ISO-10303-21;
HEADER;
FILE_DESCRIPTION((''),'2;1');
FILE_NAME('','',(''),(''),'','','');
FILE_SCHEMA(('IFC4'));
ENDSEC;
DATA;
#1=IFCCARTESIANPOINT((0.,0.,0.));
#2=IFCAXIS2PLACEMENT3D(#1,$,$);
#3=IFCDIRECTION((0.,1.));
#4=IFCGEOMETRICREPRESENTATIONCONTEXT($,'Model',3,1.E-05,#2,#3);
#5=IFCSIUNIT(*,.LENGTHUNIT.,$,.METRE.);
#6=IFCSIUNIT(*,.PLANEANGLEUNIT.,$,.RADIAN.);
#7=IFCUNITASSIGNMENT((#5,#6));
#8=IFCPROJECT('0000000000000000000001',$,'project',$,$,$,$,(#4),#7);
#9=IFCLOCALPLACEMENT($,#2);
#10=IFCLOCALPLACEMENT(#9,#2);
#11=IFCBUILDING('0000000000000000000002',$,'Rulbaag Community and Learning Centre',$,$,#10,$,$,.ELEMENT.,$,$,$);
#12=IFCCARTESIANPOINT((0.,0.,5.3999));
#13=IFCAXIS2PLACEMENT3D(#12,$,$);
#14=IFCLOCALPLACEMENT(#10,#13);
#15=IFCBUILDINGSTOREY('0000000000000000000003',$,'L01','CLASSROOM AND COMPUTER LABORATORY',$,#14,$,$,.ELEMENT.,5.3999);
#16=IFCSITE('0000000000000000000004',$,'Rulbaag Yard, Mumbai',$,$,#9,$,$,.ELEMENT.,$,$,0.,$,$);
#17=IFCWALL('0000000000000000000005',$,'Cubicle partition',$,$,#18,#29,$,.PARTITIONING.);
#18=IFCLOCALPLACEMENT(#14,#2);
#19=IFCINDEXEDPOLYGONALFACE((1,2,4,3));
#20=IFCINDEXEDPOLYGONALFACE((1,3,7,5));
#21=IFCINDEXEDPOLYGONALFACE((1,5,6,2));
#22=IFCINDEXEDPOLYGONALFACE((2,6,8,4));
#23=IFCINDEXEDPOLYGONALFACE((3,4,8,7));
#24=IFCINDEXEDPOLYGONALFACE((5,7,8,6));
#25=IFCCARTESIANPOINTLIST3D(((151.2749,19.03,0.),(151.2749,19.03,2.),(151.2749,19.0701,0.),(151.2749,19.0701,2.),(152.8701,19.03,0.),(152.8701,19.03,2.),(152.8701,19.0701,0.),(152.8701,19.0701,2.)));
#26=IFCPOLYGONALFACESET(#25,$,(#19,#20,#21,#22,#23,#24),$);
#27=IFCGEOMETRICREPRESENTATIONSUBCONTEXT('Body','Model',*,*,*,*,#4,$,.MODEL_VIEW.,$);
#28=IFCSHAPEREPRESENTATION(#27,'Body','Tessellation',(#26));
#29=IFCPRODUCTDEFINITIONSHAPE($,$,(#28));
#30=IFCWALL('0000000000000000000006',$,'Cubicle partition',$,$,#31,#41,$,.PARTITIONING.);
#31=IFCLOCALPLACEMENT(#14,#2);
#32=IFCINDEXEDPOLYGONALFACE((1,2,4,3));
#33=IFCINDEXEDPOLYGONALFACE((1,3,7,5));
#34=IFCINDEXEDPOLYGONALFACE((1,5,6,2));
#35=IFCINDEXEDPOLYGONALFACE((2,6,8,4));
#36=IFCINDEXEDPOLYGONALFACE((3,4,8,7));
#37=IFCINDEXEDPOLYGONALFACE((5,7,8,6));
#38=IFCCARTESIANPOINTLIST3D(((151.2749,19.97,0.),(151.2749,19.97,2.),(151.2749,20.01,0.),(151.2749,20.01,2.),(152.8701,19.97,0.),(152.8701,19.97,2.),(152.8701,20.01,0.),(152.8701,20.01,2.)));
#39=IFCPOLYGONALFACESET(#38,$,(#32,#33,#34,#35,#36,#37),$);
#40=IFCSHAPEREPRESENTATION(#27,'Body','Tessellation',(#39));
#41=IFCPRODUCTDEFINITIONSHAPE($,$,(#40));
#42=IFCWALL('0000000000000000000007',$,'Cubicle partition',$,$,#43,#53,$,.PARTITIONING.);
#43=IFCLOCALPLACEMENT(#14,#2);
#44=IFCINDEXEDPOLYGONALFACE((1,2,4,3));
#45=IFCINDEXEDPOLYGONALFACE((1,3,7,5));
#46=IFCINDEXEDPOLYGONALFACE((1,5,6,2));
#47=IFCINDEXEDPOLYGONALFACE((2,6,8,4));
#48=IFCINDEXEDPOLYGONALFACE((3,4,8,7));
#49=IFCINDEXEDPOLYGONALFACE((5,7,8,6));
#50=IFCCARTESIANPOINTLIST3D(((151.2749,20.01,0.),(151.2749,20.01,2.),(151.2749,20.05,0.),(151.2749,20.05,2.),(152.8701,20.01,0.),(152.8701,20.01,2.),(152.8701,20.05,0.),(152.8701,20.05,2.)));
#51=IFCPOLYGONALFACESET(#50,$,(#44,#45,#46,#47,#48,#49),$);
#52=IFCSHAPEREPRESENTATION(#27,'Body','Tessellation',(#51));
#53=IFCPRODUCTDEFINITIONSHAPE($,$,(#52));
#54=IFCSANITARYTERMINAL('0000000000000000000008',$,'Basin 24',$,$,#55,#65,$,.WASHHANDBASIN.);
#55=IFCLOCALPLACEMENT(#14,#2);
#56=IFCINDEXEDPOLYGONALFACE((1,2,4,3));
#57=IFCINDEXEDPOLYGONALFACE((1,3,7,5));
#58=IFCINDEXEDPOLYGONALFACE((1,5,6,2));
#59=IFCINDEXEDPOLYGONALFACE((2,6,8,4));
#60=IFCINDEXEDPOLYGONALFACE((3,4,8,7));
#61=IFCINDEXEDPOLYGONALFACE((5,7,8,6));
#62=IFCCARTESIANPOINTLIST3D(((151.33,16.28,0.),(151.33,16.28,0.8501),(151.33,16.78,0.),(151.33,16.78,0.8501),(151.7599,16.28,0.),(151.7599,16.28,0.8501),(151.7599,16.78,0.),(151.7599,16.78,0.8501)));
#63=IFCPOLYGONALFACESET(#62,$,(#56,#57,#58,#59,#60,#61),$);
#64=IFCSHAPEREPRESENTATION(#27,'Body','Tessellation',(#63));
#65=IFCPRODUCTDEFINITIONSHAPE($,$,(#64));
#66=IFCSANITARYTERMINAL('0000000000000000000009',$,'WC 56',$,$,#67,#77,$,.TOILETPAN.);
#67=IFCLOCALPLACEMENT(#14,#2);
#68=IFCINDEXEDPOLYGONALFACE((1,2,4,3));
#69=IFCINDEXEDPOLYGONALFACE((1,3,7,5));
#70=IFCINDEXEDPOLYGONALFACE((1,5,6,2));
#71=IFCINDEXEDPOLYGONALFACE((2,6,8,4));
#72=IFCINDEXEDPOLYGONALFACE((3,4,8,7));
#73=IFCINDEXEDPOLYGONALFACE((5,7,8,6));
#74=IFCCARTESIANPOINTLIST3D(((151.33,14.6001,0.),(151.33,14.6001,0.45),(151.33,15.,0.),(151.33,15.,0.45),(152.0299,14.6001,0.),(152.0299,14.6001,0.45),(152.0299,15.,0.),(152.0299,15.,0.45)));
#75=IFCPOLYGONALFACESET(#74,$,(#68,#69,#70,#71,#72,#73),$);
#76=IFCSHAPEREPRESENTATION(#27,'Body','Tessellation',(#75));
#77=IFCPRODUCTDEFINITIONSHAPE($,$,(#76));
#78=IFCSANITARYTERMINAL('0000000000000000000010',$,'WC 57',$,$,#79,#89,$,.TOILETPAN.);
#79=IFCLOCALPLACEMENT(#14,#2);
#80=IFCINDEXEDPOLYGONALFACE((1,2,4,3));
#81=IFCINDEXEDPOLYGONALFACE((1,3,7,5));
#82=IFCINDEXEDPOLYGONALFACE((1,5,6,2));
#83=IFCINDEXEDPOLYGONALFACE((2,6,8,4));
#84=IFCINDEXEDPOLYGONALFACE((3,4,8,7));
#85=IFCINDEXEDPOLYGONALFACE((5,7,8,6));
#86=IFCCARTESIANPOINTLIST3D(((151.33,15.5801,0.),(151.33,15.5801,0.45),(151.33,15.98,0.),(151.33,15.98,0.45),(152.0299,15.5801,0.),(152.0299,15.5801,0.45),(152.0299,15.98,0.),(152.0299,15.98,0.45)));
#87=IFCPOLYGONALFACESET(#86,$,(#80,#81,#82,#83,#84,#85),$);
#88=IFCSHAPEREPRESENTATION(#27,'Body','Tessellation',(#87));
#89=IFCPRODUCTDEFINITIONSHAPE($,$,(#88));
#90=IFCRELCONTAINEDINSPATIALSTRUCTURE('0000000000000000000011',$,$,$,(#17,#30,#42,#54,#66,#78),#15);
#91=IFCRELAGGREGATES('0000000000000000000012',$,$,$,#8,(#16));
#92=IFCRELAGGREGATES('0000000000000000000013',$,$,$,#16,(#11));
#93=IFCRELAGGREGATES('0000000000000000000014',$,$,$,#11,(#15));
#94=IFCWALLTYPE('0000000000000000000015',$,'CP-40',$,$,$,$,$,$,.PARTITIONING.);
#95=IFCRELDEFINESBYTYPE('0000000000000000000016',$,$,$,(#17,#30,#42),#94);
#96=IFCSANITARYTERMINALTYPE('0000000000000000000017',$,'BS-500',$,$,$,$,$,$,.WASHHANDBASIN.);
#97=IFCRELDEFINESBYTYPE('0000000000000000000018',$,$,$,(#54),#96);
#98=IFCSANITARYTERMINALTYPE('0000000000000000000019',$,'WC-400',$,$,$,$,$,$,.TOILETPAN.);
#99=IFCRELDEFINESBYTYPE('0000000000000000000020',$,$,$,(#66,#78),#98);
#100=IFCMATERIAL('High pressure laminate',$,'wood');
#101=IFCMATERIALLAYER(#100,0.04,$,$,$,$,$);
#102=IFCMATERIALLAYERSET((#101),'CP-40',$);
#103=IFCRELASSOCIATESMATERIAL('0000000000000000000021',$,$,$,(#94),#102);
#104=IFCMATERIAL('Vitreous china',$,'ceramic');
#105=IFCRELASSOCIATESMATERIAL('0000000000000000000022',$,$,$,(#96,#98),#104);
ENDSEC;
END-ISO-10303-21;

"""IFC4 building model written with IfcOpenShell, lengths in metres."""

from ifc_helpers import new_model, si_unit, direction, frame, frame_2d, origin, origin_2d, place, context, subcontext, project, spatial, rectangle, extrude, material, layer, layer_set, type_object, element, save


model = new_model("IFC4")

# Units and contexts
model_context = context("Model", 3, precision=1e-05, world=origin(), true_north=direction((0.0, 1.0)))
body_context = subcontext(model_context, "Body", "Model", "MODEL_VIEW")
ifc_project = project(units=[si_unit("LENGTHUNIT", "METRE"), si_unit("PLANEANGLEUNIT", "RADIAN")], contexts=[model_context])

# Site, building, storey
site_placement = place(None, origin())
site = spatial("IfcSite", under=ifc_project, at=site_placement, Name="Rulbaag Yard, Mumbai", CompositionType="ELEMENT", RefElevation=0.0)
building_placement = place(site_placement, origin())
building = spatial("IfcBuilding", under=site, at=building_placement, Name="Rulbaag Community and Learning Centre", CompositionType="ELEMENT")
storey_placement = place(building_placement, frame((0.0, 0.0, 5.3999)))
storey = spatial("IfcBuildingStorey", under=building, at=storey_placement, Name="L01", Description="CLASSROOM AND COMPUTER LABORATORY", CompositionType="ELEMENT", Elevation=5.3999)

# Walls
ifc_material_1 = material(Name="High pressure laminate", Category="wood")
ifc_layer = layer(ifc_material_1, 0.04)
ifc_layer_set = layer_set([ifc_layer], Name="CP-40")
wall_type = type_object("IfcWallType", Name="CP-40", PredefinedType="PARTITIONING", material=ifc_layer_set)
for number, where, z_axis, x_axis, name in (
    (1, (151.2749, 19.05, 0.0), (0.0, 0.0, 1.0), (1.0, 0.0, 0.0), "Cubicle partition"),
    (2, (151.2749, 19.99, 0.0), (0.0, 0.0, 1.0), (1.0, 0.0, 0.0), "Cubicle partition"),
    (3, (151.2749, 20.03, 0.0), (0.0, 0.0, 1.0), (1.0, 0.0, 0.0), "Cubicle partition"),
):
    element("IfcWall", number, at=place(storey_placement, frame(where, z_axis=z_axis, x_axis=x_axis)), inside=storey, type_object=wall_type, Name=name, PredefinedType="PARTITIONING", context=body_context, shape_type="SweptSolid", body=[
        extrude(rectangle(XDim=1.5952, YDim=0.04, at=frame_2d((0.7976, 0.0))), origin(), (0.0, 0.0, 1.0), 2.0),
    ])

# Sanitary terminals
ifc_material_2 = material(Name="Vitreous china", Category="ceramic")
sanitary_terminal_type_1 = type_object("IfcSanitaryTerminalType", Name="BS-500", PredefinedType="WASHHANDBASIN", material=ifc_material_2)
sanitary_terminal_placement = place(storey_placement, frame((151.5449, 16.53, 0.0), z_axis=(0.0, 0.0, 1.0), x_axis=(1.0, 0.0, 0.0)))
element("IfcSanitaryTerminal", 4, at=sanitary_terminal_placement, inside=storey, type_object=sanitary_terminal_type_1, Name="Basin 24", PredefinedType="WASHHANDBASIN", context=body_context, shape_type="SweptSolid", body=[
    extrude(rectangle(XDim=0.4299, YDim=0.5, at=origin_2d()), origin(), (0.0, 0.0, 1.0), 0.8501),
])
sanitary_terminal_type_2 = type_object("IfcSanitaryTerminalType", Name="WC-400", PredefinedType="TOILETPAN", material=ifc_material_2)
for number, where, z_axis, x_axis, name in (
    (5, (151.6799, 14.8, 0.0), (0.0, 0.0, 1.0), (1.0, 0.0, 0.0), "WC 56"),
    (6, (151.6799, 15.78, 0.0), (0.0, 0.0, 1.0), (1.0, 0.0, 0.0), "WC 57"),
):
    element("IfcSanitaryTerminal", number, at=place(storey_placement, frame(where, z_axis=z_axis, x_axis=x_axis)), inside=storey, type_object=sanitary_terminal_type_2, Name=name, PredefinedType="TOILETPAN", context=body_context, shape_type="SweptSolid", body=[
        extrude(rectangle(XDim=0.7, YDim=0.3999, at=origin_2d()), origin(), (0.0, 0.0, 1.0), 0.45),
    ])

save(model, "model.ifc")
